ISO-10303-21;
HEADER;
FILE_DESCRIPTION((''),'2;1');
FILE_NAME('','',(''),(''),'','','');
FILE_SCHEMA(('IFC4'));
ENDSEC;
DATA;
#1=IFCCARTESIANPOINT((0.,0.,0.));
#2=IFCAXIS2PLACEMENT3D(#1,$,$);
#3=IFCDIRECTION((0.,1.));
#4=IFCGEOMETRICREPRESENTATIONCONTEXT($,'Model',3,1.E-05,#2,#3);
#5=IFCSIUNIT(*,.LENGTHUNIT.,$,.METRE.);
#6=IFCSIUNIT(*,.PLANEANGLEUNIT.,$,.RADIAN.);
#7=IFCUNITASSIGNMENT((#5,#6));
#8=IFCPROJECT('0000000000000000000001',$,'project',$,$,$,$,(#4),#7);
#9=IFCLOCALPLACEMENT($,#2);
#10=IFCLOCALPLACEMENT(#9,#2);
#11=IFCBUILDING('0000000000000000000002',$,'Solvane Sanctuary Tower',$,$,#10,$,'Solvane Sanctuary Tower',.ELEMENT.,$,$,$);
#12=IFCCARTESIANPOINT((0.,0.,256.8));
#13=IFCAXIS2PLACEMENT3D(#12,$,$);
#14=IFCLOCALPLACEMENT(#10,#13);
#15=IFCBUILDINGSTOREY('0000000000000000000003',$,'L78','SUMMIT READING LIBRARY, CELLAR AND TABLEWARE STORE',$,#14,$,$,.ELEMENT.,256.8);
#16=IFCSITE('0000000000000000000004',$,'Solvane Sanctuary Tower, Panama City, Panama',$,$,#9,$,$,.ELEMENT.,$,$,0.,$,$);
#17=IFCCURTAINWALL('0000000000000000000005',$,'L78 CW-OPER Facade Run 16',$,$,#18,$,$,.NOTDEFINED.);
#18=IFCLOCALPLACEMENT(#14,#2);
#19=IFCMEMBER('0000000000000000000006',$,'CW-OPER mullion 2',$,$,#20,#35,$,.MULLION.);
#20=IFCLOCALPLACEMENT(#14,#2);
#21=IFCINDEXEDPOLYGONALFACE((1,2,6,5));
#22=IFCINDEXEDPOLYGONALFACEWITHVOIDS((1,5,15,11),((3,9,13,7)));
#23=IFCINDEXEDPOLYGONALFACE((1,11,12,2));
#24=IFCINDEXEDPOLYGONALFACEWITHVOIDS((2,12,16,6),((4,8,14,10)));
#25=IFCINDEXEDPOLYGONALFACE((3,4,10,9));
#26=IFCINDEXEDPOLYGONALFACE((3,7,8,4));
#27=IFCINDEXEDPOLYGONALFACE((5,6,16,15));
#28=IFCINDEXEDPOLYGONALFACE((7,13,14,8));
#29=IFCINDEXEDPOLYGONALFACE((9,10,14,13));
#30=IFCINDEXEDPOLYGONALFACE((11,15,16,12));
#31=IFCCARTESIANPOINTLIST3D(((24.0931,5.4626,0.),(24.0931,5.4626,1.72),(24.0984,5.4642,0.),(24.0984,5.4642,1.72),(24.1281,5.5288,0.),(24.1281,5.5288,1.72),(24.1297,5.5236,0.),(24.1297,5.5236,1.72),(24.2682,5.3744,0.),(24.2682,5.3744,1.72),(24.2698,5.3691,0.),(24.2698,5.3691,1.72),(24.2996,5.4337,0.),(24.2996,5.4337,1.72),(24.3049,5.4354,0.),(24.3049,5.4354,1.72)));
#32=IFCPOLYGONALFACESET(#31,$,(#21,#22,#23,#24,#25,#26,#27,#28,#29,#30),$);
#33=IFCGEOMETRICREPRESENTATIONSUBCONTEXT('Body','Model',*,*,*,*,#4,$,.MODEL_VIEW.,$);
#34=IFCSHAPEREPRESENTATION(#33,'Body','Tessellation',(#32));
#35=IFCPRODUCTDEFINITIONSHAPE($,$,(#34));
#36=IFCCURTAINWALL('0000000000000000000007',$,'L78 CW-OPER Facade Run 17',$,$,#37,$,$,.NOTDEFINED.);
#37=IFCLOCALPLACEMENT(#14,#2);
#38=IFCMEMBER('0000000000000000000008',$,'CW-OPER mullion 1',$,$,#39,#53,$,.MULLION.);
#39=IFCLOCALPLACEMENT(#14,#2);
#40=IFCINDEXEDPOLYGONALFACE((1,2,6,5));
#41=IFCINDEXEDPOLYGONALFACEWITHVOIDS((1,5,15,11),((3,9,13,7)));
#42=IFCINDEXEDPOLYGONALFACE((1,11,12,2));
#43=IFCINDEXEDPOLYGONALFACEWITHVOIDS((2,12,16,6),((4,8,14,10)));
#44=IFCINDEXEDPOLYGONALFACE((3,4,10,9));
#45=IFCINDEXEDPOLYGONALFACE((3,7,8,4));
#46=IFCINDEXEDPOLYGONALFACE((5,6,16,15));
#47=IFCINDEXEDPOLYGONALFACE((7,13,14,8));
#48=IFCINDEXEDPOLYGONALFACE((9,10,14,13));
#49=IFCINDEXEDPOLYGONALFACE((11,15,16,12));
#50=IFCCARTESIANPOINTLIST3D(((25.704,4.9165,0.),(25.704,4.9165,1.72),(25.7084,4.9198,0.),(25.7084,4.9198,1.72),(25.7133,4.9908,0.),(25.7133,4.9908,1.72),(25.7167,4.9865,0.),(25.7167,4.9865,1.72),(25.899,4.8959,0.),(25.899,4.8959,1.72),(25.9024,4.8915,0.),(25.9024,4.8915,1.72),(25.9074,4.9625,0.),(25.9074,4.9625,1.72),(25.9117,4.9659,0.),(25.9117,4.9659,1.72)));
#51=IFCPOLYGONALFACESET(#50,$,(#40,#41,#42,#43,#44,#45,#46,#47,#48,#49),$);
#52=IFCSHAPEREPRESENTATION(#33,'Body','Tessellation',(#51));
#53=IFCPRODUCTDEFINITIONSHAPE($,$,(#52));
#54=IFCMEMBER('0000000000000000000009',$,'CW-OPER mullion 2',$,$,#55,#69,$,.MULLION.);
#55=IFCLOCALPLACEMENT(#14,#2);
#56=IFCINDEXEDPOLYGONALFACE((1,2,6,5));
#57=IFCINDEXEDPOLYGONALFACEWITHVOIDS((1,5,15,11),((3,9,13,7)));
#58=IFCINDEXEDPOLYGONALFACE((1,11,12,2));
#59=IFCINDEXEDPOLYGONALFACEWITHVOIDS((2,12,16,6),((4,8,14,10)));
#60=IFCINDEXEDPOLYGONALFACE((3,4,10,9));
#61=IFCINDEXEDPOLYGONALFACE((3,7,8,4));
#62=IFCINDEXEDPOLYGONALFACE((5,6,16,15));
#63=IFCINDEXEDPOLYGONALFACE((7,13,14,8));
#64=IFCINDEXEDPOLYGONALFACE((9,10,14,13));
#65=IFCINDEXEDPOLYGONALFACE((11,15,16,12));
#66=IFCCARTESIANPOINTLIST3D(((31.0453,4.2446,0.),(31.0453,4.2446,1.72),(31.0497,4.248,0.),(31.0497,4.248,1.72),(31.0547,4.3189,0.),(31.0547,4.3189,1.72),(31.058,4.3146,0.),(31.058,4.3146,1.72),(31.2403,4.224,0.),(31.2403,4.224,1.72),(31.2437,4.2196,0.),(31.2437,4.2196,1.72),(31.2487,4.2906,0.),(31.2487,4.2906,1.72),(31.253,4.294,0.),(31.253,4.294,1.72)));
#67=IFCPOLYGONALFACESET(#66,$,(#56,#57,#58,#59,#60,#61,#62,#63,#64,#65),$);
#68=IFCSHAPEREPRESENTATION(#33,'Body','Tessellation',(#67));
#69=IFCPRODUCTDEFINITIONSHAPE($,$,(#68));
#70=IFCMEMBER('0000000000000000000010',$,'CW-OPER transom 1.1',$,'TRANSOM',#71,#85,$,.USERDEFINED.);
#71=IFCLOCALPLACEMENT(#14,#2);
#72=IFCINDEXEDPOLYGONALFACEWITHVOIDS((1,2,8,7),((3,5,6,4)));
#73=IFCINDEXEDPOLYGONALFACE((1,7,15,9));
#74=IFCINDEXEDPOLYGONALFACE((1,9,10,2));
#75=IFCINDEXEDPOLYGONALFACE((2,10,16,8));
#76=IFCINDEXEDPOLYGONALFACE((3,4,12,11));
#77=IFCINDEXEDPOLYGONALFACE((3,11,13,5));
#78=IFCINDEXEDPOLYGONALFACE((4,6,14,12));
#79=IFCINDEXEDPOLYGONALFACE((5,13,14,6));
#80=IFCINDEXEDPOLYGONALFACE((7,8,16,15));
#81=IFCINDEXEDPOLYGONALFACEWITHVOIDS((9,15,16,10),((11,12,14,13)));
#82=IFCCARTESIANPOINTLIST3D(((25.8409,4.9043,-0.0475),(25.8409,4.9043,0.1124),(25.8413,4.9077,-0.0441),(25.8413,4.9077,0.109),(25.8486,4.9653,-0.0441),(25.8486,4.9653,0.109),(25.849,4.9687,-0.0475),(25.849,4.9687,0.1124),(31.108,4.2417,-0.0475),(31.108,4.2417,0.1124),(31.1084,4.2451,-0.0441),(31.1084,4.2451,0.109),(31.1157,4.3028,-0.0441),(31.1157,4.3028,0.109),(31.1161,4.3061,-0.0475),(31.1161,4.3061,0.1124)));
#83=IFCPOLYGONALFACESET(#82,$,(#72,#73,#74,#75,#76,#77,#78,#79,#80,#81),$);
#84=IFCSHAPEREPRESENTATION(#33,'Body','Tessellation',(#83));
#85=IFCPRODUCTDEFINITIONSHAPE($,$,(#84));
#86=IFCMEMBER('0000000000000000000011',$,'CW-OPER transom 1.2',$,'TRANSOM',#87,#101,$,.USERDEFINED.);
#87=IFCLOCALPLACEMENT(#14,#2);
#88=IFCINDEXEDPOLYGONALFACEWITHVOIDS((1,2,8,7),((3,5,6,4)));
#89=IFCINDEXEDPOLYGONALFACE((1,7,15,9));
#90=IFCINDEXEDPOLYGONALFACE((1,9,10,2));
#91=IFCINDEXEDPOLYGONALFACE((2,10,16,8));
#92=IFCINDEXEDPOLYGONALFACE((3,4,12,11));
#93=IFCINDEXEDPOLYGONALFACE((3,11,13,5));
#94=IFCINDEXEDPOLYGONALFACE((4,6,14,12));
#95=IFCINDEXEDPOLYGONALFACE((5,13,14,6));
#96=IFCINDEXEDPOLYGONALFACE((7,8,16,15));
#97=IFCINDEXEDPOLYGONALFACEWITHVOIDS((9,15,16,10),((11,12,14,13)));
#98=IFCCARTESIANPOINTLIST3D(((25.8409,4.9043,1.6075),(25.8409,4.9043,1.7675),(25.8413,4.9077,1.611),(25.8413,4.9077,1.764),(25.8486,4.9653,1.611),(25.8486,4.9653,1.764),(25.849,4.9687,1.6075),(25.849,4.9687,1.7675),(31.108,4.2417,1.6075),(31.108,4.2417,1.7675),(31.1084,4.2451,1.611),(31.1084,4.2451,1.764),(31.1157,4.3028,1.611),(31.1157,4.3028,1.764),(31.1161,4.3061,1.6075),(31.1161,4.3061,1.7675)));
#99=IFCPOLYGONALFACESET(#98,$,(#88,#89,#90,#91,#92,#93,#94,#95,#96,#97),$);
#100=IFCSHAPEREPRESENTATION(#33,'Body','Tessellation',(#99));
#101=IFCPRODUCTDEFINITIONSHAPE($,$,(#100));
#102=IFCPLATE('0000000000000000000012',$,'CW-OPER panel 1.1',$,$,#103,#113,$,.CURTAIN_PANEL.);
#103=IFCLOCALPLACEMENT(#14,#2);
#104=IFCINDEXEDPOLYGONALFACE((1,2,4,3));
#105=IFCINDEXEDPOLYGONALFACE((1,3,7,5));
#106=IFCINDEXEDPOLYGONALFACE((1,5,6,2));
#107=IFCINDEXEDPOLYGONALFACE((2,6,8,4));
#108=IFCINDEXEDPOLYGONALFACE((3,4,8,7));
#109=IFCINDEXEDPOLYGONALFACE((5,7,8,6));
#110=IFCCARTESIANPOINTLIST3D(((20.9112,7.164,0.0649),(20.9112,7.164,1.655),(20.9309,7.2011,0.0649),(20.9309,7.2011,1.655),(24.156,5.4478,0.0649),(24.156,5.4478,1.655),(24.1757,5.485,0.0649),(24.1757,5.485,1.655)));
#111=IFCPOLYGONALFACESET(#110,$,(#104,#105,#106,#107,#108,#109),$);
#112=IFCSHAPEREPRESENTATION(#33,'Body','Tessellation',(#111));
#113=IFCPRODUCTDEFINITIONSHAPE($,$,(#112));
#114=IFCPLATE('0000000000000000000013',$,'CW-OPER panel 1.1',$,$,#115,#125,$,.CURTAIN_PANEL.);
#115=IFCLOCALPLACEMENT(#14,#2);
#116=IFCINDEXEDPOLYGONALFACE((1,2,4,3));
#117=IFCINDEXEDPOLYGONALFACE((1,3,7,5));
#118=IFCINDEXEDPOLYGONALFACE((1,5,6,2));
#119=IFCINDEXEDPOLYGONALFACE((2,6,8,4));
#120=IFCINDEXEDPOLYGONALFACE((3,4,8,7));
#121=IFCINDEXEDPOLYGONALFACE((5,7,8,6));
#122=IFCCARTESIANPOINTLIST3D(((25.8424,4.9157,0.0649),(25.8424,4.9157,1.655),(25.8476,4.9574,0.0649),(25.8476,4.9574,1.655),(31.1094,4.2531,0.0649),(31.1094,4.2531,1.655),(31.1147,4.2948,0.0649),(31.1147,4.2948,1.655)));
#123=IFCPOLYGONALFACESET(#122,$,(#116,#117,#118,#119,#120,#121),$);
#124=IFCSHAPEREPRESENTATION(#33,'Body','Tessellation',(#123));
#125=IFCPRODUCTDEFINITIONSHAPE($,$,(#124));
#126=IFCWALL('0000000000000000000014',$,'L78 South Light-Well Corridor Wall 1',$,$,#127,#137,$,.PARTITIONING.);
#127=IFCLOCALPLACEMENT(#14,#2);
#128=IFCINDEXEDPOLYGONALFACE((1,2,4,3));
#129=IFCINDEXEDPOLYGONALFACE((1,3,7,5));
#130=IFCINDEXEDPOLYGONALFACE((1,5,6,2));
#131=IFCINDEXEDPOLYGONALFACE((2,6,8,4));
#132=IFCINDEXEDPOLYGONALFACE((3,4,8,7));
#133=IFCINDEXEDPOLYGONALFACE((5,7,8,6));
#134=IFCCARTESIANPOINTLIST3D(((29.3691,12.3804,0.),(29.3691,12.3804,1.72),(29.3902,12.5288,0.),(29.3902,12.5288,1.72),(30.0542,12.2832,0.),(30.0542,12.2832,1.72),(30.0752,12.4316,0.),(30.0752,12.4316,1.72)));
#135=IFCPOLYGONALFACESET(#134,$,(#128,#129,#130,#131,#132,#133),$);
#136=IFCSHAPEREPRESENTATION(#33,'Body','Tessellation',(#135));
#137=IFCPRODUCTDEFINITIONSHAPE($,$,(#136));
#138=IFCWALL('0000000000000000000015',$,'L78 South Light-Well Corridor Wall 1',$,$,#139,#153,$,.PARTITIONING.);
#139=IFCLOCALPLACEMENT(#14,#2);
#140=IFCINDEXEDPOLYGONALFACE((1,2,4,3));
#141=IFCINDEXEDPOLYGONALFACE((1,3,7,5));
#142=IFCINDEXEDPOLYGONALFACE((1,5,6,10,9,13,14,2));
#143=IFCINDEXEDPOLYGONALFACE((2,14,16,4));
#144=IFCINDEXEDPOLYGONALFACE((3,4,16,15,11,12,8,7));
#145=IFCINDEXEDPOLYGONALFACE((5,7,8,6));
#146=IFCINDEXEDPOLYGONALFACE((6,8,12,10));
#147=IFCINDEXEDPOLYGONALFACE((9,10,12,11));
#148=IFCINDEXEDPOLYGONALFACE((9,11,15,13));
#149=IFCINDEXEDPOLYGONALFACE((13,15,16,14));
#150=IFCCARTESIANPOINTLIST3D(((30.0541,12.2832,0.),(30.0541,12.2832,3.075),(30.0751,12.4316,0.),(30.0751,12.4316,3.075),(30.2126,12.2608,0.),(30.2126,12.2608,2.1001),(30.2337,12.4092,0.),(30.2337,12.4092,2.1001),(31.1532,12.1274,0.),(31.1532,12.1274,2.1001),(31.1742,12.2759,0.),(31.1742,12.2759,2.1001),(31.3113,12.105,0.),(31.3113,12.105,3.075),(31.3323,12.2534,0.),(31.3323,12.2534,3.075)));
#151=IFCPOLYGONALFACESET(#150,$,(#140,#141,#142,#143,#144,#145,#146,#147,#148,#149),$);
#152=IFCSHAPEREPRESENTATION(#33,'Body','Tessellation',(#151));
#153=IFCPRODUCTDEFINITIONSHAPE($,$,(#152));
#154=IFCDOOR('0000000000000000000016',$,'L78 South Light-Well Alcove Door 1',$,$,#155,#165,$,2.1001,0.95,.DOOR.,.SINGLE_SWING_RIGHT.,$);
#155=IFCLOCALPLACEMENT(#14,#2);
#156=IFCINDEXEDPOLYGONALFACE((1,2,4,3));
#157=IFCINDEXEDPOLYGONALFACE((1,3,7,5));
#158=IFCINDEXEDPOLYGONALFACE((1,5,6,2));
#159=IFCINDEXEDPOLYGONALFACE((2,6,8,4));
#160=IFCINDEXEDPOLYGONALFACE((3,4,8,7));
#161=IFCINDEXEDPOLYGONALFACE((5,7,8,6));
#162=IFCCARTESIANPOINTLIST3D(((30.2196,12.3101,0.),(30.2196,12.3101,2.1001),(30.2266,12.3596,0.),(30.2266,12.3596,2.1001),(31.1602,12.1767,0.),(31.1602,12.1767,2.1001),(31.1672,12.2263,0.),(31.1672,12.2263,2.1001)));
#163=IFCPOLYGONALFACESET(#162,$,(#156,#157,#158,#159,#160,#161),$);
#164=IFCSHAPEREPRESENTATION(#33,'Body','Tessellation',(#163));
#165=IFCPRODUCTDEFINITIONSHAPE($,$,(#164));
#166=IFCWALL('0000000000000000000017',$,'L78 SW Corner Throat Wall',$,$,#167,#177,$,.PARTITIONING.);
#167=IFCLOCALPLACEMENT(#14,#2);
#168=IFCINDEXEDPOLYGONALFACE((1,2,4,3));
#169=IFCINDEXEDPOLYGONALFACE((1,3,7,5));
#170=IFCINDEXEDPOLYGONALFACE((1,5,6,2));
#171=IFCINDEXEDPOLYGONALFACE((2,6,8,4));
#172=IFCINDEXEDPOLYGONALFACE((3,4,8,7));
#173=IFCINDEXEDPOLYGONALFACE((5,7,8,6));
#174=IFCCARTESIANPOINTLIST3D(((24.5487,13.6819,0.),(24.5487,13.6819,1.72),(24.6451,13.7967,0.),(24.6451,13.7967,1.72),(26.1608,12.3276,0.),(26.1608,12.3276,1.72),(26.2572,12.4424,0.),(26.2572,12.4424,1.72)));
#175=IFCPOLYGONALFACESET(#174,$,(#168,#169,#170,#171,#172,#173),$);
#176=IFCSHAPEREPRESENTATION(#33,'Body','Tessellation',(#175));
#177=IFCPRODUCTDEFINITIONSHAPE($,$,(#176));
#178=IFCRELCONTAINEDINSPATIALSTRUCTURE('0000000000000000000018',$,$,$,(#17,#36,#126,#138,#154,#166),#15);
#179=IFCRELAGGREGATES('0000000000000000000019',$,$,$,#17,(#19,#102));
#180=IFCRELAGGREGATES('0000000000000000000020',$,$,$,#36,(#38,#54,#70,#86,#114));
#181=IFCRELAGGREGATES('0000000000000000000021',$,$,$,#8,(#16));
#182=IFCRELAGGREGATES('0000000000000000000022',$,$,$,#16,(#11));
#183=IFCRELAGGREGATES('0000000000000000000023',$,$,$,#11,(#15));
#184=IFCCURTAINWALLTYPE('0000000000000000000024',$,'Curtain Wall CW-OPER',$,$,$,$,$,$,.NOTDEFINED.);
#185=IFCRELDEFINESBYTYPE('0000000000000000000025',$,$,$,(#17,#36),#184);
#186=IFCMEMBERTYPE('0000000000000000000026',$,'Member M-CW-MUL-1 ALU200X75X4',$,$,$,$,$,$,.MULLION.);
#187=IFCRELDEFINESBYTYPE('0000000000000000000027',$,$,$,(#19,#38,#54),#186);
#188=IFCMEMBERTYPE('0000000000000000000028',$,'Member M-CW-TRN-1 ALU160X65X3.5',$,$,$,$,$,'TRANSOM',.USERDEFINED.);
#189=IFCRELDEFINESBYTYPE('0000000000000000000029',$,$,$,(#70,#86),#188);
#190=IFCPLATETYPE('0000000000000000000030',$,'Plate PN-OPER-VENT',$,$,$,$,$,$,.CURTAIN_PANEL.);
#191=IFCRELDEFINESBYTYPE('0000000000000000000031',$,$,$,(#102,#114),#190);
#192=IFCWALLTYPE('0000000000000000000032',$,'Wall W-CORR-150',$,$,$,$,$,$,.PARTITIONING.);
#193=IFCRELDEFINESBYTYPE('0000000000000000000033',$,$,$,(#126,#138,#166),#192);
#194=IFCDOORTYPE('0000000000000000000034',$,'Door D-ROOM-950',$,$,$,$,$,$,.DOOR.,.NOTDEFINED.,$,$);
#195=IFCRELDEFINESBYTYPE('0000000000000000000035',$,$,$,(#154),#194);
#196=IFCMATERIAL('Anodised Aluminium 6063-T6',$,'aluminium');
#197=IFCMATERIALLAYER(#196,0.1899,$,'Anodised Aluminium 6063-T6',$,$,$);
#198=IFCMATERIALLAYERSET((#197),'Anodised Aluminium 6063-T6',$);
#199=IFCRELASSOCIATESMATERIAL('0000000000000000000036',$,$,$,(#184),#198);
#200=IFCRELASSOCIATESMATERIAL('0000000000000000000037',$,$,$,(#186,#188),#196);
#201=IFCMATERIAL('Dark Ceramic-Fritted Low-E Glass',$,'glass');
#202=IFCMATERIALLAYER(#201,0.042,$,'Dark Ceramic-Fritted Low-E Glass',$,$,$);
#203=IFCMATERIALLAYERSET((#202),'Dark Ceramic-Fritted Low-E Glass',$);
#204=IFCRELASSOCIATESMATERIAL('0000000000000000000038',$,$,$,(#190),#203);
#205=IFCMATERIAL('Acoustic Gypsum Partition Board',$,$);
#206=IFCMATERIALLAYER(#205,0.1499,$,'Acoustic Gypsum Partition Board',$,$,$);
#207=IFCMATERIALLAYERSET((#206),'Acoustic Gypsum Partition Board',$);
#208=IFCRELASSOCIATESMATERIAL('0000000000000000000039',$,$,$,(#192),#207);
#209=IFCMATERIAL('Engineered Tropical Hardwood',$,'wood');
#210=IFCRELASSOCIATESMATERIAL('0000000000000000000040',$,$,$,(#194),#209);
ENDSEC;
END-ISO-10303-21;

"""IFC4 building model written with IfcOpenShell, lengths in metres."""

from ifc_helpers import new_model, si_unit, direction, frame, frame_2d, origin, origin_2d, place, context, subcontext, project, spatial, rectangle, hollow_rectangle, extrude, material, layer, layer_set, material_profile, profile_set, type_object, element, fill, aggregate, save


model = new_model("IFC4")

# Units and contexts
model_context = context("Model", 3, precision=1e-05, world=origin(), true_north=direction((0.0, 1.0)))
body_context = subcontext(model_context, "Body", "Model", "MODEL_VIEW")
ifc_project = project(units=[si_unit("LENGTHUNIT", "METRE"), si_unit("PLANEANGLEUNIT", "RADIAN")], contexts=[model_context])

# Site, building, storey
site_placement = place(None, origin())
site = spatial("IfcSite", under=ifc_project, at=site_placement, Name="Solvane Sanctuary Tower, Panama City, Panama", CompositionType="ELEMENT", RefElevation=0.0)
building_placement = place(site_placement, origin())
building = spatial("IfcBuilding", under=site, at=building_placement, Name="Solvane Sanctuary Tower", LongName="Solvane Sanctuary Tower", CompositionType="ELEMENT")
storey_placement = place(building_placement, frame((0.0, 0.0, 256.8)))
storey = spatial("IfcBuildingStorey", under=building, at=storey_placement, Name="L78", Description="SUMMIT READING LIBRARY, CELLAR AND TABLEWARE STORE", CompositionType="ELEMENT", Elevation=256.8)

# Curtain wall, member
ifc_material_1 = material(Name="Anodised Aluminium 6063-T6", Category="aluminium")
ifc_layer_1 = layer(ifc_material_1, 0.1899, Name="Anodised Aluminium 6063-T6")
ifc_layer_set_1 = layer_set([ifc_layer_1], Name="Anodised Aluminium 6063-T6")
curtain_wall_type = type_object("IfcCurtainWallType", Name="Curtain Wall CW-OPER", PredefinedType="NOTDEFINED", material=ifc_layer_set_1)
curtain_wall_1_placement = place(storey_placement, origin())
curtain_wall_1 = element("IfcCurtainWall", 1, at=curtain_wall_1_placement, inside=storey, type_object=curtain_wall_type, Name="L78 CW-OPER Facade Run 16", PredefinedType="NOTDEFINED")
ifc_material_profile_1 = material_profile(ifc_material_1, hollow_rectangle(XDim=0.075, YDim=0.2, WallThickness=0.0039, at=origin_2d()), Name="ALU200X75X4")
ifc_profile_set_1 = profile_set([ifc_material_profile_1], Name="Anodised Aluminium 6063-T6")
member_type_1 = type_object("IfcMemberType", Name="Member M-CW-MUL-1 ALU200X75X4", PredefinedType="MULLION", material=ifc_profile_set_1)
member_1_placement = place(storey_placement, frame((24.199, 5.449, 0.0), z_axis=(0.0, 0.0, 1.0), x_axis=(0.467523, 0.883981, 0.0)))
member_1 = element("IfcMember", 2, at=member_1_placement, type_object=member_type_1, Name="CW-OPER mullion 2", PredefinedType="MULLION", context=body_context, shape_type="SweptSolid", body=[
    extrude(hollow_rectangle(XDim=0.075, YDim=0.2, WallThickness=0.0039, at=origin_2d()), origin(), (0.0, 0.0, 1.0), 1.72),
])

# Curtain wall, members
curtain_wall_2_placement = place(storey_placement, origin())
curtain_wall_2 = element("IfcCurtainWall", 3, at=curtain_wall_2_placement, inside=storey, type_object=curtain_wall_type, Name="L78 CW-OPER Facade Run 17", PredefinedType="NOTDEFINED")
member_2_placement = place(storey_placement, frame((25.8079, 4.9412, 0.0), z_axis=(0.0, 0.0, 1.0), x_axis=(0.124815, 0.99218, 0.0)))
member_2 = element("IfcMember", 4, at=member_2_placement, type_object=member_type_1, Name="CW-OPER mullion 1", PredefinedType="MULLION", context=body_context, shape_type="SweptSolid", body=[
    extrude(hollow_rectangle(XDim=0.075, YDim=0.2, WallThickness=0.0039, at=origin_2d()), origin(), (0.0, 0.0, 1.0), 1.72),
])
member_3_placement = place(storey_placement, frame((31.1492, 4.2693, 0.0), z_axis=(0.0, 0.0, 1.0), x_axis=(0.124815, 0.99218, 0.0)))
member_3 = element("IfcMember", 5, at=member_3_placement, type_object=member_type_1, Name="CW-OPER mullion 2", PredefinedType="MULLION", context=body_context, shape_type="SweptSolid", body=[
    extrude(hollow_rectangle(XDim=0.075, YDim=0.2, WallThickness=0.0039, at=origin_2d()), origin(), (0.0, 0.0, 1.0), 1.72),
])
ifc_material_profile_2 = material_profile(ifc_material_1, hollow_rectangle(XDim=0.0649, YDim=0.1599, WallThickness=0.0034, at=origin_2d()), Name="ALU160X65X3.5")
ifc_profile_set_2 = profile_set([ifc_material_profile_2], Name="Anodised Aluminium 6063-T6")
member_type_2 = type_object("IfcMemberType", Name="Member M-CW-TRN-1 ALU160X65X3.5", ElementType="TRANSOM", PredefinedType="USERDEFINED", material=ifc_profile_set_2)
member_4_placement = place(storey_placement, frame((25.845, 4.9365, 0.0325), z_axis=(0.99218, -0.124816, 0.0), x_axis=(0.124816, 0.99218, 0.0)))
member_4 = element("IfcMember", 6, at=member_4_placement, type_object=member_type_2, Name="CW-OPER transom 1.1", ObjectType="TRANSOM", PredefinedType="USERDEFINED", context=body_context, shape_type="SweptSolid", body=[
    extrude(hollow_rectangle(XDim=0.0649, YDim=0.1599, WallThickness=0.0034, at=origin_2d()), origin(), (0.0, 0.0, 1.0), 5.3086),
])
member_5_placement = place(storey_placement, frame((25.845, 4.9365, 1.6875), z_axis=(0.99218, -0.124816, 0.0), x_axis=(0.124816, 0.99218, 0.0)))
member_5 = element("IfcMember", 7, at=member_5_placement, type_object=member_type_2, Name="CW-OPER transom 1.2", ObjectType="TRANSOM", PredefinedType="USERDEFINED", context=body_context, shape_type="SweptSolid", body=[
    extrude(hollow_rectangle(XDim=0.0649, YDim=0.1599, WallThickness=0.0034, at=origin_2d()), origin(), (0.0, 0.0, 1.0), 5.3086),
])

# Plates
ifc_material_2 = material(Name="Dark Ceramic-Fritted Low-E Glass", Category="glass")
ifc_layer_2 = layer(ifc_material_2, 0.042, Name="Dark Ceramic-Fritted Low-E Glass")
ifc_layer_set_2 = layer_set([ifc_layer_2], Name="Dark Ceramic-Fritted Low-E Glass")
plate_type = type_object("IfcPlateType", Name="Plate PN-OPER-VENT", PredefinedType="CURTAIN_PANEL", material=ifc_layer_set_2)
plate_1_placement = place(storey_placement, frame((22.5435, 6.3245, 0.0649), z_axis=(0.0, 0.0, 1.0), x_axis=(0.883981, -0.467523, 0.0)))
plate_1 = element("IfcPlate", 8, at=plate_1_placement, type_object=plate_type, Name="CW-OPER panel 1.1", PredefinedType="CURTAIN_PANEL", context=body_context, shape_type="SweptSolid", body=[
    extrude(rectangle(XDim=3.6707, YDim=0.042, at=origin_2d()), origin(), (0.0, 0.0, 1.0), 1.5901),
])
aggregate(curtain_wall_1, [member_1, plate_1])
plate_2_placement = place(storey_placement, frame((28.4785, 4.6052, 0.0649), z_axis=(0.0, 0.0, 1.0), x_axis=(0.99218, -0.124815, 0.0)))
plate_2 = element("IfcPlate", 9, at=plate_2_placement, type_object=plate_type, Name="CW-OPER panel 1.1", PredefinedType="CURTAIN_PANEL", context=body_context, shape_type="SweptSolid", body=[
    extrude(rectangle(XDim=5.3086, YDim=0.042, at=origin_2d()), origin(), (0.0, 0.0, 1.0), 1.5901),
])
aggregate(curtain_wall_2, [member_2, member_3, member_4, member_5, plate_2])

# Wall
ifc_material_3 = material(Name="Acoustic Gypsum Partition Board")
ifc_layer_3 = layer(ifc_material_3, 0.1499, Name="Acoustic Gypsum Partition Board")
ifc_layer_set_3 = layer_set([ifc_layer_3], Name="Acoustic Gypsum Partition Board")
wall_type_1 = type_object("IfcWallType", Name="Wall W-CORR-150", PredefinedType="PARTITIONING", material=ifc_layer_set_3)
wall_1_placement = place(storey_placement, frame((29.3796, 12.4546, 0.0), z_axis=(0.0, 0.0, 1.0), x_axis=(0.99009, -0.140433, 0.0)))
element("IfcWall", 10, at=wall_1_placement, inside=storey, type_object=wall_type_1, Name="L78 South Light-Well Corridor Wall 1", PredefinedType="PARTITIONING", context=body_context, shape_type="SweptSolid", body=[
    extrude(rectangle(XDim=0.6919, YDim=0.1499, at=frame_2d((0.3459, 0.0))), origin(), (0.0, 0.0, 1.0), 1.72),
])

# Wall, opening, door
wall_2_placement = place(storey_placement, frame((30.0647, 12.3574, 0.0), z_axis=(0.0, 0.0, 1.0), x_axis=(0.990103, -0.140345, 0.0)))
wall_2 = element("IfcWall", 11, at=wall_2_placement, inside=storey, type_object=wall_type_1, Name="L78 South Light-Well Corridor Wall 1", PredefinedType="PARTITIONING", context=body_context, shape_type="SweptSolid", body=[
    extrude(rectangle(XDim=1.2698, YDim=0.1499, at=frame_2d((0.6348, 0.0))), origin(), (0.0, 0.0, 1.0), 3.075),
])
opening_1_placement = place(wall_2_placement, frame((0.1599, 0.0, 0.0)))
opening_1 = element("IfcOpeningElement", 12, at=opening_1_placement, cuts=wall_2, PredefinedType="OPENING", context=body_context, shape_type="SweptSolid", body=[
    extrude(rectangle(XDim=0.95, YDim=2.1001, at=frame_2d((0.4751, 1.05))), frame((0.0, 0.085, 0.0), z_axis=(0.0, -1.0, 0.0), x_axis=(1.0, 0.0, 0.0)), (0.0, 0.0, 1.0), 0.1699),
])
ifc_material_4 = material(Name="Engineered Tropical Hardwood", Category="wood")
door_type = type_object("IfcDoorType", Name="Door D-ROOM-950", OperationType="NOTDEFINED", PredefinedType="DOOR", material=ifc_material_4)
door_1_placement = place(opening_1_placement, origin())
door_1 = element("IfcDoor", 13, at=door_1_placement, inside=storey, type_object=door_type, Name="L78 South Light-Well Alcove Door 1", OperationType="SINGLE_SWING_RIGHT", OverallHeight=2.1001, OverallWidth=0.95, PredefinedType="DOOR", context=body_context, shape_type="SweptSolid", body=[
    extrude(rectangle(XDim=0.95, YDim=2.1001, at=frame_2d((0.4751, 1.05))), frame((0.0, 0.0249, 0.0), z_axis=(0.0, -1.0, 0.0), x_axis=(1.0, 0.0, 0.0)), (0.0, 0.0, 1.0), 0.05),
])
fill(opening_1, door_1)

# Wall
wall_3_placement = place(storey_placement, frame((26.209, 12.385, 0.0), z_axis=(0.0, 0.0, 1.0), x_axis=(-0.765677, 0.643225, 0.0)))
element("IfcWall", 14, at=wall_3_placement, inside=storey, type_object=wall_type_1, Name="L78 SW Corner Throat Wall", PredefinedType="PARTITIONING", context=body_context, shape_type="SweptSolid", body=[
    extrude(rectangle(XDim=2.1055, YDim=0.1499, at=frame_2d((1.0527, 0.0))), origin(), (0.0, 0.0, 1.0), 1.72),
])

save(model, "model.ifc")
